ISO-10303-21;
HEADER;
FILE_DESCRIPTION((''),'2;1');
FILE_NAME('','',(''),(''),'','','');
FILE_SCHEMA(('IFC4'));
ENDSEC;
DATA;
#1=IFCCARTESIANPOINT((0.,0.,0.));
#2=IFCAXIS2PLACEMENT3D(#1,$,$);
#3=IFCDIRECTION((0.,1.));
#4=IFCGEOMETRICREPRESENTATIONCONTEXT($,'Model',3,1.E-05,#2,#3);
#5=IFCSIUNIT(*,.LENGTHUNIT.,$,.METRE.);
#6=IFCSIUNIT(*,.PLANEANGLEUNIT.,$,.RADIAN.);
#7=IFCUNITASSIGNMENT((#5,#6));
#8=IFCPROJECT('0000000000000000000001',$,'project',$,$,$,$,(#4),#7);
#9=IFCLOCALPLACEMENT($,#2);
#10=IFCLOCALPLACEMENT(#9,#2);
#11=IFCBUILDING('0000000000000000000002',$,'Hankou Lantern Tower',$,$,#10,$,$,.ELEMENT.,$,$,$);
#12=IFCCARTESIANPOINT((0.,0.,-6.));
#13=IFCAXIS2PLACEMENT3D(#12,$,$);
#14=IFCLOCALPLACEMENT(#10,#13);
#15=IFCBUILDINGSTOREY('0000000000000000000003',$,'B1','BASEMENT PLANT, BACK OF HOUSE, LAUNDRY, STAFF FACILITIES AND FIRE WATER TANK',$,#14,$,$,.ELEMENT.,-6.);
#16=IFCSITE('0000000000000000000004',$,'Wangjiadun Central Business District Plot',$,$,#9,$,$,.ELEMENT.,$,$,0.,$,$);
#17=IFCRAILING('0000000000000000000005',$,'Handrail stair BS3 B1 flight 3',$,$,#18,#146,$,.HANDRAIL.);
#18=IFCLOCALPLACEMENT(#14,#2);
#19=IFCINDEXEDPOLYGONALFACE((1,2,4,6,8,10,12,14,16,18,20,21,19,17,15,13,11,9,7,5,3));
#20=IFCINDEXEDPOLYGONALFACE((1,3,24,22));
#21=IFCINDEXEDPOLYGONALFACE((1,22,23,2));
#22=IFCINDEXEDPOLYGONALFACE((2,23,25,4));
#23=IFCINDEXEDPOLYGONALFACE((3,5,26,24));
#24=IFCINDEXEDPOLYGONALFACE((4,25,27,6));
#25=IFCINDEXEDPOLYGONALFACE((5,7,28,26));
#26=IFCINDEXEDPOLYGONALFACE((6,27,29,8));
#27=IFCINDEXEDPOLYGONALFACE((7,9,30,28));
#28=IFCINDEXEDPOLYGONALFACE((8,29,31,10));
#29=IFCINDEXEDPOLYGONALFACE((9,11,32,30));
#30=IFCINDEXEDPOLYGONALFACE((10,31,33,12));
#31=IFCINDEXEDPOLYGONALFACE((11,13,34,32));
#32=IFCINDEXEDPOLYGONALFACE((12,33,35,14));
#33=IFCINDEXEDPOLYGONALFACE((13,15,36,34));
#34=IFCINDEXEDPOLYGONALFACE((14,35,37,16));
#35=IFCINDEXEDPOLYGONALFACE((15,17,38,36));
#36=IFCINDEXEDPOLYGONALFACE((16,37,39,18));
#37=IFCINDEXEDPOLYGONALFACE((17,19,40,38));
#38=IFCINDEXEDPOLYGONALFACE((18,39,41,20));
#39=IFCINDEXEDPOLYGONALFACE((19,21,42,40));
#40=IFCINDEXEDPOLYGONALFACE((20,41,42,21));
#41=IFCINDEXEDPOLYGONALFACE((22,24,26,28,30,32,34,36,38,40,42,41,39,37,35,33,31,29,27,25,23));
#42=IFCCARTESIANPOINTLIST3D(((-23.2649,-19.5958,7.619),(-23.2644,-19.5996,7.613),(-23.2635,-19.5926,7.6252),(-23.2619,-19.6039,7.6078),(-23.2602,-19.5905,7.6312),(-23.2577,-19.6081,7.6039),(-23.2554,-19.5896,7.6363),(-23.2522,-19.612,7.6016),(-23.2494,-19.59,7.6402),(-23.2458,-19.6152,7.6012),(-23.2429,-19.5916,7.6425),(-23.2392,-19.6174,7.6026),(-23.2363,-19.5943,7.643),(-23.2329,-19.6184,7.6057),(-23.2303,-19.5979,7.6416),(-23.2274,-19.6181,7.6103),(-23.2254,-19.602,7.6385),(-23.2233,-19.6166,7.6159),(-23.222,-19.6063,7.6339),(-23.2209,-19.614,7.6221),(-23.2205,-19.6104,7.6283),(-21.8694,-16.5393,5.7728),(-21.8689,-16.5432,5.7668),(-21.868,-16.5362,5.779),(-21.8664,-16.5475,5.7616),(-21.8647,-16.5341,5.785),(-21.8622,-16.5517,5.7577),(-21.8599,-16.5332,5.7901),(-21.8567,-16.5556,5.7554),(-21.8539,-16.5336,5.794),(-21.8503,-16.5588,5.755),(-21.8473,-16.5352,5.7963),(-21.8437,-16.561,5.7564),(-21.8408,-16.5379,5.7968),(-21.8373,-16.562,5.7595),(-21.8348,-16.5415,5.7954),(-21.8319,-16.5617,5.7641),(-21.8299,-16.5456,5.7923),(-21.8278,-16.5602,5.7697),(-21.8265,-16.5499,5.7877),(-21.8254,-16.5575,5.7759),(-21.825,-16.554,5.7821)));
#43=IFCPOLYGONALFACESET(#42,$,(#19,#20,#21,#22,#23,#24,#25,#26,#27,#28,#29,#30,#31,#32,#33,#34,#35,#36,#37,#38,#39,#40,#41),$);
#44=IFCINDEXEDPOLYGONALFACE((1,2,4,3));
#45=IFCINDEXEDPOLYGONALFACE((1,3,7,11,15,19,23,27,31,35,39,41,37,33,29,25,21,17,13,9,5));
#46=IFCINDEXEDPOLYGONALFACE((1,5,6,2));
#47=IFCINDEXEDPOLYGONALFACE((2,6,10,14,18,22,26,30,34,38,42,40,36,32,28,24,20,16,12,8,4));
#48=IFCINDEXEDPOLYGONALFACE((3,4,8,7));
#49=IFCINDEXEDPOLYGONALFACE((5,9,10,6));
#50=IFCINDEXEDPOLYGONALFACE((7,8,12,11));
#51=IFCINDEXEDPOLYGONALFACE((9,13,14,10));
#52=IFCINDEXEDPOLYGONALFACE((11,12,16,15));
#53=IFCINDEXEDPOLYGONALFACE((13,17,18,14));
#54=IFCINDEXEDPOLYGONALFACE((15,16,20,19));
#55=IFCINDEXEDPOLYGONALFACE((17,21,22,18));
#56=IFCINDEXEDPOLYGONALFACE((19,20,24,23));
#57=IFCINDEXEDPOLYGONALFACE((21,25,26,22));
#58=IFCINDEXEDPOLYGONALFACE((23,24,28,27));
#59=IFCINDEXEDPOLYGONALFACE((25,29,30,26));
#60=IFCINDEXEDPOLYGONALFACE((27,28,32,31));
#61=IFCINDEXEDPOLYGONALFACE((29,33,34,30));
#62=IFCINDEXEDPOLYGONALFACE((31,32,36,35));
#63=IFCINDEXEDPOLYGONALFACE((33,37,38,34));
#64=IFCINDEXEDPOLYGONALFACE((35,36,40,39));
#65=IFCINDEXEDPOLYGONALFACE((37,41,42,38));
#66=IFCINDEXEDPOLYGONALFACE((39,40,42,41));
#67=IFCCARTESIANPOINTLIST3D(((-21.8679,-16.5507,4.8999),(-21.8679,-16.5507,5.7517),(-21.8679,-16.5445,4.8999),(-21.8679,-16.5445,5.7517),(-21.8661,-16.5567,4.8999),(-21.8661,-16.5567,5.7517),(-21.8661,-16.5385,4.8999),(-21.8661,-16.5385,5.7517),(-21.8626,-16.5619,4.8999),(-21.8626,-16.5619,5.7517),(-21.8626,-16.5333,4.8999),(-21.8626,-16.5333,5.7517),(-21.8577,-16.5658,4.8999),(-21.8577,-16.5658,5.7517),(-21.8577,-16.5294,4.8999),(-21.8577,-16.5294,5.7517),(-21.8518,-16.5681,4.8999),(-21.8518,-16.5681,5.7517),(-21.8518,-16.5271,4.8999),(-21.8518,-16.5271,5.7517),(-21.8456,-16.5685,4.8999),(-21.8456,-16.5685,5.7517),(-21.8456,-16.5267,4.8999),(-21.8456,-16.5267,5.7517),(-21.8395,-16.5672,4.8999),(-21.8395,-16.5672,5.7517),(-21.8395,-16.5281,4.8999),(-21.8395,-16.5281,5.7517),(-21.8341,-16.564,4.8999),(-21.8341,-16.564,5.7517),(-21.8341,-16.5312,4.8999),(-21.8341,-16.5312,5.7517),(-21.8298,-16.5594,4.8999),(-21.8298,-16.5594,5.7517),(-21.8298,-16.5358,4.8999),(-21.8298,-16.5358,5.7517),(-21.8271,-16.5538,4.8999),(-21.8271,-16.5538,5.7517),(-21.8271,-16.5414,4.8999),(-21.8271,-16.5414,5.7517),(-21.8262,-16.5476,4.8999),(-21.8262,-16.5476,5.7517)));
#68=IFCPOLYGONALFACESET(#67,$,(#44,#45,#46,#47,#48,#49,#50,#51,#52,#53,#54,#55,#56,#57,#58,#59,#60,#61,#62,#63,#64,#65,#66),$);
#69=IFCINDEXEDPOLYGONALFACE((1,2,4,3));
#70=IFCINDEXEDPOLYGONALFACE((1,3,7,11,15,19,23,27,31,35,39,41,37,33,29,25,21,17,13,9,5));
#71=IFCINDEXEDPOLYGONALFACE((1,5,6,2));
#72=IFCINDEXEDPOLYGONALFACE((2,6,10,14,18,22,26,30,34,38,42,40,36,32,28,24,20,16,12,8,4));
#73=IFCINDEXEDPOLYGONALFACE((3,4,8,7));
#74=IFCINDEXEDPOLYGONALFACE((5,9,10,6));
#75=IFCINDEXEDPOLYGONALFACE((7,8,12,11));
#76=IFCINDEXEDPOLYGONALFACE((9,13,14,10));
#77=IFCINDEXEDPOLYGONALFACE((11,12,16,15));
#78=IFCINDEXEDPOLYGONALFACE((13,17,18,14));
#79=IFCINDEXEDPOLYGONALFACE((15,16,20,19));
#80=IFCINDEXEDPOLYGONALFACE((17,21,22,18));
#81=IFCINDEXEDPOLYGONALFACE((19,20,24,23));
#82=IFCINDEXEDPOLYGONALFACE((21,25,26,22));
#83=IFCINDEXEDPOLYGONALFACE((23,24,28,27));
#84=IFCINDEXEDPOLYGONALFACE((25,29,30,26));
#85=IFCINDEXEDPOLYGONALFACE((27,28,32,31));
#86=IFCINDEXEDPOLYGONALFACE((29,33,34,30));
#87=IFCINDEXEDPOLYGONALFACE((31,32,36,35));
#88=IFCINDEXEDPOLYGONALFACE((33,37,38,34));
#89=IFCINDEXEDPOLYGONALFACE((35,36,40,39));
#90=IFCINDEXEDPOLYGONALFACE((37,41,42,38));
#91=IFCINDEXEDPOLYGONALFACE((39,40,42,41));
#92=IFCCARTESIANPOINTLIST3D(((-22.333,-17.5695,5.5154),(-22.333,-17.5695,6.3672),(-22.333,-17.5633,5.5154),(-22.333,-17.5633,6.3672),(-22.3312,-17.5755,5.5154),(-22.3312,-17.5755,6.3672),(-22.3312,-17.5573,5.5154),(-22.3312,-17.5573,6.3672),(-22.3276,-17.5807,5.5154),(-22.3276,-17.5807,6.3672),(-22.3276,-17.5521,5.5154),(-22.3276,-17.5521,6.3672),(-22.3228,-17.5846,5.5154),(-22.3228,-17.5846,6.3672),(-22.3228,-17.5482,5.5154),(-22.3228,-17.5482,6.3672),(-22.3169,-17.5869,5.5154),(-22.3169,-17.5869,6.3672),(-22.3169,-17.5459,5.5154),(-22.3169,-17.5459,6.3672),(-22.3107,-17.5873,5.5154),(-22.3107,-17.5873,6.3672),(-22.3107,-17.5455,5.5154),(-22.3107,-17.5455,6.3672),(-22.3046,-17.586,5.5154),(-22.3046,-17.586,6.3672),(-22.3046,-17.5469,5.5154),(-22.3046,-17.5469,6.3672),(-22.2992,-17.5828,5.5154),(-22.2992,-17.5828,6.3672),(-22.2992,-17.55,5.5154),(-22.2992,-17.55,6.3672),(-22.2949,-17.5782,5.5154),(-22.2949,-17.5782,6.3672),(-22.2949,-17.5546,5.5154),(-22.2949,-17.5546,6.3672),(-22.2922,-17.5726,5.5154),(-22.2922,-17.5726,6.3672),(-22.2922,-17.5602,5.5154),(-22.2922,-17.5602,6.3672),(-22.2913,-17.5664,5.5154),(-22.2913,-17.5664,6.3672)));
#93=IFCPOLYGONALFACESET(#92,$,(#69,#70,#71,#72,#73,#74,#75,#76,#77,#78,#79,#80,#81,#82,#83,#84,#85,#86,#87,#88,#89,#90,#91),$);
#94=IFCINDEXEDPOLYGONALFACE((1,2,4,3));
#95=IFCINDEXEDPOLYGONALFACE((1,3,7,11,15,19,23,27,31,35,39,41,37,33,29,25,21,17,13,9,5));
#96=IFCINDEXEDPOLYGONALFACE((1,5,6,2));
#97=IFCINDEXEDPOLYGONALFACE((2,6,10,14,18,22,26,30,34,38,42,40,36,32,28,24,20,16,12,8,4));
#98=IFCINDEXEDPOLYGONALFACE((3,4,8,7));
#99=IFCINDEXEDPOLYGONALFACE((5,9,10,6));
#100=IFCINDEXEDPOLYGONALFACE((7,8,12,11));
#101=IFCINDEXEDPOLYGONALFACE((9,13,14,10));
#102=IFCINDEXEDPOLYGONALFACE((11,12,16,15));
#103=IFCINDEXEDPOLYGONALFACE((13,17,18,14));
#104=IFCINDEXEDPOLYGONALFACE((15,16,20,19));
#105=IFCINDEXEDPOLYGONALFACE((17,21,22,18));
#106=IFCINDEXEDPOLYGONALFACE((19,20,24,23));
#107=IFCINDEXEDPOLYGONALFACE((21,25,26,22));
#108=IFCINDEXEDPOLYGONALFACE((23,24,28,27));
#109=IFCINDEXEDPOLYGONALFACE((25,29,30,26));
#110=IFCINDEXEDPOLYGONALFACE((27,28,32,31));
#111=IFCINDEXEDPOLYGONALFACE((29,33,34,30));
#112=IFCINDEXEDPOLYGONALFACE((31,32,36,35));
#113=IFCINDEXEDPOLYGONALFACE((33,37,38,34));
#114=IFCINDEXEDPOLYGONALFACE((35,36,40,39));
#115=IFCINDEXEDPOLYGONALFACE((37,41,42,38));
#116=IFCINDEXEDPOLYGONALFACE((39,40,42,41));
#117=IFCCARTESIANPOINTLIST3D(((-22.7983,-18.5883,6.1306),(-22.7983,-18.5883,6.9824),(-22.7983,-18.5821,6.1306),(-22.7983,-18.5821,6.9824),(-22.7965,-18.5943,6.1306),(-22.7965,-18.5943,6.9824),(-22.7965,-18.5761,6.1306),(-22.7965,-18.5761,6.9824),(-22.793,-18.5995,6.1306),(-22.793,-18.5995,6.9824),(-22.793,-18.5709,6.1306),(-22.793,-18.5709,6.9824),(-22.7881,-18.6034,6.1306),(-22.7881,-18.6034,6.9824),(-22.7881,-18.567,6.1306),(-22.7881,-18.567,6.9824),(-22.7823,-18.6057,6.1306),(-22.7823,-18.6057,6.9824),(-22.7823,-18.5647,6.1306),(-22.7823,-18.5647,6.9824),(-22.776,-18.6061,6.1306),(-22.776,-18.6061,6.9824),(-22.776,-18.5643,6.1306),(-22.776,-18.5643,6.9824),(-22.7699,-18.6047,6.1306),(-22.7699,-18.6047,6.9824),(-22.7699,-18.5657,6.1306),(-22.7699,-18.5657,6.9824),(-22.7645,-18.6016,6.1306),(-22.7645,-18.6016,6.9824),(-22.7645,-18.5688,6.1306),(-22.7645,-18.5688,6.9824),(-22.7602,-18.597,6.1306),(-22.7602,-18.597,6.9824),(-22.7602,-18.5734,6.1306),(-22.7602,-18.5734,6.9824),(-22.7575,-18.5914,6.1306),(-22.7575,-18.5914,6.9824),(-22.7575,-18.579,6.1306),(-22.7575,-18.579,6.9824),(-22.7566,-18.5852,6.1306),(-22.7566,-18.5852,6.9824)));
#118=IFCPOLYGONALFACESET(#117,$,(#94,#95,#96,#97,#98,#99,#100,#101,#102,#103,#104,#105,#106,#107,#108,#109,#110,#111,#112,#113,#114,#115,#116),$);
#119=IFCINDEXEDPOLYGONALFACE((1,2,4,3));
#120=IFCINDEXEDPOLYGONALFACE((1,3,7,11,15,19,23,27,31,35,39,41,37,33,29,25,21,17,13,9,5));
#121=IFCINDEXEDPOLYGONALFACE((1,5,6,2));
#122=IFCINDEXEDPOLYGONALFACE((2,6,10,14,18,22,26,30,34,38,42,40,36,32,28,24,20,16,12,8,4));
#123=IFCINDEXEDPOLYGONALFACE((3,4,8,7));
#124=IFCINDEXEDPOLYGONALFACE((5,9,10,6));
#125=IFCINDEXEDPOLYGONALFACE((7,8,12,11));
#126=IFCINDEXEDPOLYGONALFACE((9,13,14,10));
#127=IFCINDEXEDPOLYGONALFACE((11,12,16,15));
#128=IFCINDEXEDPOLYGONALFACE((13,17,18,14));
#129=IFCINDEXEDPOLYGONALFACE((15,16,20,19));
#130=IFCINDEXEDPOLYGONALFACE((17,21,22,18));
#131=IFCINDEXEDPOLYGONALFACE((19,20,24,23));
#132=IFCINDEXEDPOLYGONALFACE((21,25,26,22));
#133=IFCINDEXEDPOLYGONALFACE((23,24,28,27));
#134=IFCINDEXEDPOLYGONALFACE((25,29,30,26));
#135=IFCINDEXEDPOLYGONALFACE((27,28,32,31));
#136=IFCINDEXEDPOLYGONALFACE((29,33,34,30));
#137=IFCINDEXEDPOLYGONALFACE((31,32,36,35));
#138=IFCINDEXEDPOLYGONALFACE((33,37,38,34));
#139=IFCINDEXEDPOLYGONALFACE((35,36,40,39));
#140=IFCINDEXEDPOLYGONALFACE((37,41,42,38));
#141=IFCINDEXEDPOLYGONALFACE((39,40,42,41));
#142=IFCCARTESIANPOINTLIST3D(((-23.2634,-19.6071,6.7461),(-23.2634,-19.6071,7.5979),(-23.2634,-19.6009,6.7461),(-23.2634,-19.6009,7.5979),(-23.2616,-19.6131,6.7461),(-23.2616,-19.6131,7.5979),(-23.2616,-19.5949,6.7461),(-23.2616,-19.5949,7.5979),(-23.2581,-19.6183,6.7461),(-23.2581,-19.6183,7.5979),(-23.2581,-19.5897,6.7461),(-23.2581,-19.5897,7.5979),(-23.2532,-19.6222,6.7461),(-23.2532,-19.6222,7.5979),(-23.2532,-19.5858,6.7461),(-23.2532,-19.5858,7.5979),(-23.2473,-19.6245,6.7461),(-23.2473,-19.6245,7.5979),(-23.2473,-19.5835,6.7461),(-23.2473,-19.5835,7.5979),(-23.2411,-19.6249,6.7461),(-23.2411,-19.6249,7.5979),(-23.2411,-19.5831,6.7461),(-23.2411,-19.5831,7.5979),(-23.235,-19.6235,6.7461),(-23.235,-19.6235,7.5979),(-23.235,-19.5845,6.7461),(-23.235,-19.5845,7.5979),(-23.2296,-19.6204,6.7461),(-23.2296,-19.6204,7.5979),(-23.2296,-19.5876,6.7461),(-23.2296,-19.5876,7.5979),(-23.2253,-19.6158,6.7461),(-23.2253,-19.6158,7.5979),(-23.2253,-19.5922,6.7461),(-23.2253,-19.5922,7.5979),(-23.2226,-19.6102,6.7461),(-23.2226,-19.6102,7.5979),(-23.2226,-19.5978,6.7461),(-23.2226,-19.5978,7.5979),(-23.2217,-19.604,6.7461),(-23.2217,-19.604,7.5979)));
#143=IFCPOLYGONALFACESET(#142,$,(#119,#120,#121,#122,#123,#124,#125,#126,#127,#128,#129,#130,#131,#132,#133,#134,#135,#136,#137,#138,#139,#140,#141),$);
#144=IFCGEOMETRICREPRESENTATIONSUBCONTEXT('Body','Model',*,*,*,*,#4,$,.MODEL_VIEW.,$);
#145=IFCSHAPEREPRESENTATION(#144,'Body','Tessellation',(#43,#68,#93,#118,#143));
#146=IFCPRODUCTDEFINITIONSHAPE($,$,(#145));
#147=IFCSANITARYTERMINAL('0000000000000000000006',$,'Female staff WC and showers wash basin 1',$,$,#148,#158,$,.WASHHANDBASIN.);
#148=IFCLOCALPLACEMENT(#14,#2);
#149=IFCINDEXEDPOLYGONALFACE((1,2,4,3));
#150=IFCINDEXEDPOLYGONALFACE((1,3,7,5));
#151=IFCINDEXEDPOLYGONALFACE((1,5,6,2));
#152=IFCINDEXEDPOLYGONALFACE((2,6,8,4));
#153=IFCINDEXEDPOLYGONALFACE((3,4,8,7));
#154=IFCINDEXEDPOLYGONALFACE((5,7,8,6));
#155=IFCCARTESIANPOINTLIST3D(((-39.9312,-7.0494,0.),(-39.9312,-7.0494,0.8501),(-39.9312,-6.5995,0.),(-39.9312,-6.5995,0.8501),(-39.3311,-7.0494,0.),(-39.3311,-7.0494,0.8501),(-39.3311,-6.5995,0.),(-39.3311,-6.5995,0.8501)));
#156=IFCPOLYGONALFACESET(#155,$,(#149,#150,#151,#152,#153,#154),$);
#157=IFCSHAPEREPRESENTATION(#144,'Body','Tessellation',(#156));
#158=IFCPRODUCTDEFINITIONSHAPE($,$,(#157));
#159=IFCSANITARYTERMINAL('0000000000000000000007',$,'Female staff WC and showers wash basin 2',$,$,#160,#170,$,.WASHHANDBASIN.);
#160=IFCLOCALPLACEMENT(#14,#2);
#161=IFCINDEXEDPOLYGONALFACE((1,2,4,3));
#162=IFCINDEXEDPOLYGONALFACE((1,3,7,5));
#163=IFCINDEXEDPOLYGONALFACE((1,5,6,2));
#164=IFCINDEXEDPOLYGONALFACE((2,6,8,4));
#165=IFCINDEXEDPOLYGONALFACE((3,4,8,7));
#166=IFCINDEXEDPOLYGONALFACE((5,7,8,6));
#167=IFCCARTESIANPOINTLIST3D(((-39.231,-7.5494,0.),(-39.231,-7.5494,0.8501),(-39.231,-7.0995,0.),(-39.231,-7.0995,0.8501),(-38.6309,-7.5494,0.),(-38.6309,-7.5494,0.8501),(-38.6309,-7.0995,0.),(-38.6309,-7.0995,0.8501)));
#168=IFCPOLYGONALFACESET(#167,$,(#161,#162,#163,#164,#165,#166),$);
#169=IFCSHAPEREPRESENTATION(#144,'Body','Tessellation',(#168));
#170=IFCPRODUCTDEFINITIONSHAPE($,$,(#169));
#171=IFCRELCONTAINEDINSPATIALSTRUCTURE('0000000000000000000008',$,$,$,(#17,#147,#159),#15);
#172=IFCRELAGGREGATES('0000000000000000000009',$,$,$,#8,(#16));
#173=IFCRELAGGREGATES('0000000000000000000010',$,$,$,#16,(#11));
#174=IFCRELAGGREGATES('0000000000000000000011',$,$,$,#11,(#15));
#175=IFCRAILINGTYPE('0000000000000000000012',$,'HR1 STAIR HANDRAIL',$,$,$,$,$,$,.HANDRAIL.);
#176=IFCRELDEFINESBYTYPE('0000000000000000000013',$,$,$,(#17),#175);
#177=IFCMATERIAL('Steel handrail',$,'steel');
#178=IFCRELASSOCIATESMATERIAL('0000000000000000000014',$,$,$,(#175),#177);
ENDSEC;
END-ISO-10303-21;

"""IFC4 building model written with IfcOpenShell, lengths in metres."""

from ifc_helpers import new_model, si_unit, direction, frame, origin, origin_2d, place, context, subcontext, project, spatial, rectangle, circle, extrude, material, type_object, element, save


model = new_model("IFC4")

# Units and contexts
model_context = context("Model", 3, precision=1e-05, world=origin(), true_north=direction((0.0, 1.0)))
body_context = subcontext(model_context, "Body", "Model", "MODEL_VIEW")
ifc_project = project(units=[si_unit("LENGTHUNIT", "METRE"), si_unit("PLANEANGLEUNIT", "RADIAN")], contexts=[model_context])

# Site, building, storey
site_placement = place(None, origin())
site = spatial("IfcSite", under=ifc_project, at=site_placement, Name="Wangjiadun Central Business District Plot", CompositionType="ELEMENT", RefElevation=0.0)
building_placement = place(site_placement, origin())
building = spatial("IfcBuilding", under=site, at=building_placement, Name="Hankou Lantern Tower", CompositionType="ELEMENT")
storey_placement = place(building_placement, frame((0.0, 0.0, -6.0)))
storey = spatial("IfcBuildingStorey", under=building, at=storey_placement, Name="B1", Description="BASEMENT PLANT, BACK OF HOUSE, LAUNDRY, STAFF FACILITIES AND FIRE WATER TANK", CompositionType="ELEMENT", Elevation=-6.0)

# Railing
ifc_material_1 = material(Name="Steel handrail", Category="steel")
railing_type = type_object("IfcRailingType", Name="HR1 STAIR HANDRAIL", PredefinedType="HANDRAIL", material=ifc_material_1)
railing_1_placement = place(storey_placement, frame((-21.8472, -16.5476, 4.8999)))
element("IfcRailing", 1, at=railing_1_placement, inside=storey, type_object=railing_type, Name="Handrail stair BS3 B1 flight 3", PredefinedType="HANDRAIL", context=body_context, shape_type="SweptSolid", body=[
    extrude(circle(Radius=0.0239, at=origin_2d()), frame((0.0, 0.0, 0.876), z_axis=(-0.364009, -0.79724, 0.481566), x_axis=(0.909666, -0.415341, 0.0)), (0.0, 0.0, 1.0), 3.8337),
    extrude(circle(Radius=0.021, at=origin_2d()), origin(), (0.0, 0.0, 1.0), 0.8518),
    extrude(circle(Radius=0.021, at=origin_2d()), frame((-0.4651, -1.0188, 0.6155)), (0.0, 0.0, 1.0), 0.8518),
    extrude(circle(Radius=0.021, at=origin_2d()), frame((-0.9304, -2.0376, 1.2307)), (0.0, 0.0, 1.0), 0.8518),
    extrude(circle(Radius=0.021, at=origin_2d()), frame((-1.3955, -3.0564, 1.8462)), (0.0, 0.0, 1.0), 0.8518),
])

# Sanitary terminals
for number, where, z_axis, x_axis, name in (
    (2, (-39.6311, -6.8245, 0.0), (0.0, 0.0, 1.0), (1.0, 0.0, 0.0), "Female staff WC and showers wash basin 1"),
    (3, (-38.9309, -7.3245, 0.0), (0.0, 0.0, 1.0), (1.0, 0.0, 0.0), "Female staff WC and showers wash basin 2"),
):
    element("IfcSanitaryTerminal", number, at=place(storey_placement, frame(where, z_axis=z_axis, x_axis=x_axis)), inside=storey, Name=name, PredefinedType="WASHHANDBASIN", context=body_context, shape_type="SweptSolid", body=[
        extrude(rectangle(XDim=0.6001, YDim=0.45, at=origin_2d()), origin(), (0.0, 0.0, 1.0), 0.8501),
    ])

save(model, "model.ifc")
